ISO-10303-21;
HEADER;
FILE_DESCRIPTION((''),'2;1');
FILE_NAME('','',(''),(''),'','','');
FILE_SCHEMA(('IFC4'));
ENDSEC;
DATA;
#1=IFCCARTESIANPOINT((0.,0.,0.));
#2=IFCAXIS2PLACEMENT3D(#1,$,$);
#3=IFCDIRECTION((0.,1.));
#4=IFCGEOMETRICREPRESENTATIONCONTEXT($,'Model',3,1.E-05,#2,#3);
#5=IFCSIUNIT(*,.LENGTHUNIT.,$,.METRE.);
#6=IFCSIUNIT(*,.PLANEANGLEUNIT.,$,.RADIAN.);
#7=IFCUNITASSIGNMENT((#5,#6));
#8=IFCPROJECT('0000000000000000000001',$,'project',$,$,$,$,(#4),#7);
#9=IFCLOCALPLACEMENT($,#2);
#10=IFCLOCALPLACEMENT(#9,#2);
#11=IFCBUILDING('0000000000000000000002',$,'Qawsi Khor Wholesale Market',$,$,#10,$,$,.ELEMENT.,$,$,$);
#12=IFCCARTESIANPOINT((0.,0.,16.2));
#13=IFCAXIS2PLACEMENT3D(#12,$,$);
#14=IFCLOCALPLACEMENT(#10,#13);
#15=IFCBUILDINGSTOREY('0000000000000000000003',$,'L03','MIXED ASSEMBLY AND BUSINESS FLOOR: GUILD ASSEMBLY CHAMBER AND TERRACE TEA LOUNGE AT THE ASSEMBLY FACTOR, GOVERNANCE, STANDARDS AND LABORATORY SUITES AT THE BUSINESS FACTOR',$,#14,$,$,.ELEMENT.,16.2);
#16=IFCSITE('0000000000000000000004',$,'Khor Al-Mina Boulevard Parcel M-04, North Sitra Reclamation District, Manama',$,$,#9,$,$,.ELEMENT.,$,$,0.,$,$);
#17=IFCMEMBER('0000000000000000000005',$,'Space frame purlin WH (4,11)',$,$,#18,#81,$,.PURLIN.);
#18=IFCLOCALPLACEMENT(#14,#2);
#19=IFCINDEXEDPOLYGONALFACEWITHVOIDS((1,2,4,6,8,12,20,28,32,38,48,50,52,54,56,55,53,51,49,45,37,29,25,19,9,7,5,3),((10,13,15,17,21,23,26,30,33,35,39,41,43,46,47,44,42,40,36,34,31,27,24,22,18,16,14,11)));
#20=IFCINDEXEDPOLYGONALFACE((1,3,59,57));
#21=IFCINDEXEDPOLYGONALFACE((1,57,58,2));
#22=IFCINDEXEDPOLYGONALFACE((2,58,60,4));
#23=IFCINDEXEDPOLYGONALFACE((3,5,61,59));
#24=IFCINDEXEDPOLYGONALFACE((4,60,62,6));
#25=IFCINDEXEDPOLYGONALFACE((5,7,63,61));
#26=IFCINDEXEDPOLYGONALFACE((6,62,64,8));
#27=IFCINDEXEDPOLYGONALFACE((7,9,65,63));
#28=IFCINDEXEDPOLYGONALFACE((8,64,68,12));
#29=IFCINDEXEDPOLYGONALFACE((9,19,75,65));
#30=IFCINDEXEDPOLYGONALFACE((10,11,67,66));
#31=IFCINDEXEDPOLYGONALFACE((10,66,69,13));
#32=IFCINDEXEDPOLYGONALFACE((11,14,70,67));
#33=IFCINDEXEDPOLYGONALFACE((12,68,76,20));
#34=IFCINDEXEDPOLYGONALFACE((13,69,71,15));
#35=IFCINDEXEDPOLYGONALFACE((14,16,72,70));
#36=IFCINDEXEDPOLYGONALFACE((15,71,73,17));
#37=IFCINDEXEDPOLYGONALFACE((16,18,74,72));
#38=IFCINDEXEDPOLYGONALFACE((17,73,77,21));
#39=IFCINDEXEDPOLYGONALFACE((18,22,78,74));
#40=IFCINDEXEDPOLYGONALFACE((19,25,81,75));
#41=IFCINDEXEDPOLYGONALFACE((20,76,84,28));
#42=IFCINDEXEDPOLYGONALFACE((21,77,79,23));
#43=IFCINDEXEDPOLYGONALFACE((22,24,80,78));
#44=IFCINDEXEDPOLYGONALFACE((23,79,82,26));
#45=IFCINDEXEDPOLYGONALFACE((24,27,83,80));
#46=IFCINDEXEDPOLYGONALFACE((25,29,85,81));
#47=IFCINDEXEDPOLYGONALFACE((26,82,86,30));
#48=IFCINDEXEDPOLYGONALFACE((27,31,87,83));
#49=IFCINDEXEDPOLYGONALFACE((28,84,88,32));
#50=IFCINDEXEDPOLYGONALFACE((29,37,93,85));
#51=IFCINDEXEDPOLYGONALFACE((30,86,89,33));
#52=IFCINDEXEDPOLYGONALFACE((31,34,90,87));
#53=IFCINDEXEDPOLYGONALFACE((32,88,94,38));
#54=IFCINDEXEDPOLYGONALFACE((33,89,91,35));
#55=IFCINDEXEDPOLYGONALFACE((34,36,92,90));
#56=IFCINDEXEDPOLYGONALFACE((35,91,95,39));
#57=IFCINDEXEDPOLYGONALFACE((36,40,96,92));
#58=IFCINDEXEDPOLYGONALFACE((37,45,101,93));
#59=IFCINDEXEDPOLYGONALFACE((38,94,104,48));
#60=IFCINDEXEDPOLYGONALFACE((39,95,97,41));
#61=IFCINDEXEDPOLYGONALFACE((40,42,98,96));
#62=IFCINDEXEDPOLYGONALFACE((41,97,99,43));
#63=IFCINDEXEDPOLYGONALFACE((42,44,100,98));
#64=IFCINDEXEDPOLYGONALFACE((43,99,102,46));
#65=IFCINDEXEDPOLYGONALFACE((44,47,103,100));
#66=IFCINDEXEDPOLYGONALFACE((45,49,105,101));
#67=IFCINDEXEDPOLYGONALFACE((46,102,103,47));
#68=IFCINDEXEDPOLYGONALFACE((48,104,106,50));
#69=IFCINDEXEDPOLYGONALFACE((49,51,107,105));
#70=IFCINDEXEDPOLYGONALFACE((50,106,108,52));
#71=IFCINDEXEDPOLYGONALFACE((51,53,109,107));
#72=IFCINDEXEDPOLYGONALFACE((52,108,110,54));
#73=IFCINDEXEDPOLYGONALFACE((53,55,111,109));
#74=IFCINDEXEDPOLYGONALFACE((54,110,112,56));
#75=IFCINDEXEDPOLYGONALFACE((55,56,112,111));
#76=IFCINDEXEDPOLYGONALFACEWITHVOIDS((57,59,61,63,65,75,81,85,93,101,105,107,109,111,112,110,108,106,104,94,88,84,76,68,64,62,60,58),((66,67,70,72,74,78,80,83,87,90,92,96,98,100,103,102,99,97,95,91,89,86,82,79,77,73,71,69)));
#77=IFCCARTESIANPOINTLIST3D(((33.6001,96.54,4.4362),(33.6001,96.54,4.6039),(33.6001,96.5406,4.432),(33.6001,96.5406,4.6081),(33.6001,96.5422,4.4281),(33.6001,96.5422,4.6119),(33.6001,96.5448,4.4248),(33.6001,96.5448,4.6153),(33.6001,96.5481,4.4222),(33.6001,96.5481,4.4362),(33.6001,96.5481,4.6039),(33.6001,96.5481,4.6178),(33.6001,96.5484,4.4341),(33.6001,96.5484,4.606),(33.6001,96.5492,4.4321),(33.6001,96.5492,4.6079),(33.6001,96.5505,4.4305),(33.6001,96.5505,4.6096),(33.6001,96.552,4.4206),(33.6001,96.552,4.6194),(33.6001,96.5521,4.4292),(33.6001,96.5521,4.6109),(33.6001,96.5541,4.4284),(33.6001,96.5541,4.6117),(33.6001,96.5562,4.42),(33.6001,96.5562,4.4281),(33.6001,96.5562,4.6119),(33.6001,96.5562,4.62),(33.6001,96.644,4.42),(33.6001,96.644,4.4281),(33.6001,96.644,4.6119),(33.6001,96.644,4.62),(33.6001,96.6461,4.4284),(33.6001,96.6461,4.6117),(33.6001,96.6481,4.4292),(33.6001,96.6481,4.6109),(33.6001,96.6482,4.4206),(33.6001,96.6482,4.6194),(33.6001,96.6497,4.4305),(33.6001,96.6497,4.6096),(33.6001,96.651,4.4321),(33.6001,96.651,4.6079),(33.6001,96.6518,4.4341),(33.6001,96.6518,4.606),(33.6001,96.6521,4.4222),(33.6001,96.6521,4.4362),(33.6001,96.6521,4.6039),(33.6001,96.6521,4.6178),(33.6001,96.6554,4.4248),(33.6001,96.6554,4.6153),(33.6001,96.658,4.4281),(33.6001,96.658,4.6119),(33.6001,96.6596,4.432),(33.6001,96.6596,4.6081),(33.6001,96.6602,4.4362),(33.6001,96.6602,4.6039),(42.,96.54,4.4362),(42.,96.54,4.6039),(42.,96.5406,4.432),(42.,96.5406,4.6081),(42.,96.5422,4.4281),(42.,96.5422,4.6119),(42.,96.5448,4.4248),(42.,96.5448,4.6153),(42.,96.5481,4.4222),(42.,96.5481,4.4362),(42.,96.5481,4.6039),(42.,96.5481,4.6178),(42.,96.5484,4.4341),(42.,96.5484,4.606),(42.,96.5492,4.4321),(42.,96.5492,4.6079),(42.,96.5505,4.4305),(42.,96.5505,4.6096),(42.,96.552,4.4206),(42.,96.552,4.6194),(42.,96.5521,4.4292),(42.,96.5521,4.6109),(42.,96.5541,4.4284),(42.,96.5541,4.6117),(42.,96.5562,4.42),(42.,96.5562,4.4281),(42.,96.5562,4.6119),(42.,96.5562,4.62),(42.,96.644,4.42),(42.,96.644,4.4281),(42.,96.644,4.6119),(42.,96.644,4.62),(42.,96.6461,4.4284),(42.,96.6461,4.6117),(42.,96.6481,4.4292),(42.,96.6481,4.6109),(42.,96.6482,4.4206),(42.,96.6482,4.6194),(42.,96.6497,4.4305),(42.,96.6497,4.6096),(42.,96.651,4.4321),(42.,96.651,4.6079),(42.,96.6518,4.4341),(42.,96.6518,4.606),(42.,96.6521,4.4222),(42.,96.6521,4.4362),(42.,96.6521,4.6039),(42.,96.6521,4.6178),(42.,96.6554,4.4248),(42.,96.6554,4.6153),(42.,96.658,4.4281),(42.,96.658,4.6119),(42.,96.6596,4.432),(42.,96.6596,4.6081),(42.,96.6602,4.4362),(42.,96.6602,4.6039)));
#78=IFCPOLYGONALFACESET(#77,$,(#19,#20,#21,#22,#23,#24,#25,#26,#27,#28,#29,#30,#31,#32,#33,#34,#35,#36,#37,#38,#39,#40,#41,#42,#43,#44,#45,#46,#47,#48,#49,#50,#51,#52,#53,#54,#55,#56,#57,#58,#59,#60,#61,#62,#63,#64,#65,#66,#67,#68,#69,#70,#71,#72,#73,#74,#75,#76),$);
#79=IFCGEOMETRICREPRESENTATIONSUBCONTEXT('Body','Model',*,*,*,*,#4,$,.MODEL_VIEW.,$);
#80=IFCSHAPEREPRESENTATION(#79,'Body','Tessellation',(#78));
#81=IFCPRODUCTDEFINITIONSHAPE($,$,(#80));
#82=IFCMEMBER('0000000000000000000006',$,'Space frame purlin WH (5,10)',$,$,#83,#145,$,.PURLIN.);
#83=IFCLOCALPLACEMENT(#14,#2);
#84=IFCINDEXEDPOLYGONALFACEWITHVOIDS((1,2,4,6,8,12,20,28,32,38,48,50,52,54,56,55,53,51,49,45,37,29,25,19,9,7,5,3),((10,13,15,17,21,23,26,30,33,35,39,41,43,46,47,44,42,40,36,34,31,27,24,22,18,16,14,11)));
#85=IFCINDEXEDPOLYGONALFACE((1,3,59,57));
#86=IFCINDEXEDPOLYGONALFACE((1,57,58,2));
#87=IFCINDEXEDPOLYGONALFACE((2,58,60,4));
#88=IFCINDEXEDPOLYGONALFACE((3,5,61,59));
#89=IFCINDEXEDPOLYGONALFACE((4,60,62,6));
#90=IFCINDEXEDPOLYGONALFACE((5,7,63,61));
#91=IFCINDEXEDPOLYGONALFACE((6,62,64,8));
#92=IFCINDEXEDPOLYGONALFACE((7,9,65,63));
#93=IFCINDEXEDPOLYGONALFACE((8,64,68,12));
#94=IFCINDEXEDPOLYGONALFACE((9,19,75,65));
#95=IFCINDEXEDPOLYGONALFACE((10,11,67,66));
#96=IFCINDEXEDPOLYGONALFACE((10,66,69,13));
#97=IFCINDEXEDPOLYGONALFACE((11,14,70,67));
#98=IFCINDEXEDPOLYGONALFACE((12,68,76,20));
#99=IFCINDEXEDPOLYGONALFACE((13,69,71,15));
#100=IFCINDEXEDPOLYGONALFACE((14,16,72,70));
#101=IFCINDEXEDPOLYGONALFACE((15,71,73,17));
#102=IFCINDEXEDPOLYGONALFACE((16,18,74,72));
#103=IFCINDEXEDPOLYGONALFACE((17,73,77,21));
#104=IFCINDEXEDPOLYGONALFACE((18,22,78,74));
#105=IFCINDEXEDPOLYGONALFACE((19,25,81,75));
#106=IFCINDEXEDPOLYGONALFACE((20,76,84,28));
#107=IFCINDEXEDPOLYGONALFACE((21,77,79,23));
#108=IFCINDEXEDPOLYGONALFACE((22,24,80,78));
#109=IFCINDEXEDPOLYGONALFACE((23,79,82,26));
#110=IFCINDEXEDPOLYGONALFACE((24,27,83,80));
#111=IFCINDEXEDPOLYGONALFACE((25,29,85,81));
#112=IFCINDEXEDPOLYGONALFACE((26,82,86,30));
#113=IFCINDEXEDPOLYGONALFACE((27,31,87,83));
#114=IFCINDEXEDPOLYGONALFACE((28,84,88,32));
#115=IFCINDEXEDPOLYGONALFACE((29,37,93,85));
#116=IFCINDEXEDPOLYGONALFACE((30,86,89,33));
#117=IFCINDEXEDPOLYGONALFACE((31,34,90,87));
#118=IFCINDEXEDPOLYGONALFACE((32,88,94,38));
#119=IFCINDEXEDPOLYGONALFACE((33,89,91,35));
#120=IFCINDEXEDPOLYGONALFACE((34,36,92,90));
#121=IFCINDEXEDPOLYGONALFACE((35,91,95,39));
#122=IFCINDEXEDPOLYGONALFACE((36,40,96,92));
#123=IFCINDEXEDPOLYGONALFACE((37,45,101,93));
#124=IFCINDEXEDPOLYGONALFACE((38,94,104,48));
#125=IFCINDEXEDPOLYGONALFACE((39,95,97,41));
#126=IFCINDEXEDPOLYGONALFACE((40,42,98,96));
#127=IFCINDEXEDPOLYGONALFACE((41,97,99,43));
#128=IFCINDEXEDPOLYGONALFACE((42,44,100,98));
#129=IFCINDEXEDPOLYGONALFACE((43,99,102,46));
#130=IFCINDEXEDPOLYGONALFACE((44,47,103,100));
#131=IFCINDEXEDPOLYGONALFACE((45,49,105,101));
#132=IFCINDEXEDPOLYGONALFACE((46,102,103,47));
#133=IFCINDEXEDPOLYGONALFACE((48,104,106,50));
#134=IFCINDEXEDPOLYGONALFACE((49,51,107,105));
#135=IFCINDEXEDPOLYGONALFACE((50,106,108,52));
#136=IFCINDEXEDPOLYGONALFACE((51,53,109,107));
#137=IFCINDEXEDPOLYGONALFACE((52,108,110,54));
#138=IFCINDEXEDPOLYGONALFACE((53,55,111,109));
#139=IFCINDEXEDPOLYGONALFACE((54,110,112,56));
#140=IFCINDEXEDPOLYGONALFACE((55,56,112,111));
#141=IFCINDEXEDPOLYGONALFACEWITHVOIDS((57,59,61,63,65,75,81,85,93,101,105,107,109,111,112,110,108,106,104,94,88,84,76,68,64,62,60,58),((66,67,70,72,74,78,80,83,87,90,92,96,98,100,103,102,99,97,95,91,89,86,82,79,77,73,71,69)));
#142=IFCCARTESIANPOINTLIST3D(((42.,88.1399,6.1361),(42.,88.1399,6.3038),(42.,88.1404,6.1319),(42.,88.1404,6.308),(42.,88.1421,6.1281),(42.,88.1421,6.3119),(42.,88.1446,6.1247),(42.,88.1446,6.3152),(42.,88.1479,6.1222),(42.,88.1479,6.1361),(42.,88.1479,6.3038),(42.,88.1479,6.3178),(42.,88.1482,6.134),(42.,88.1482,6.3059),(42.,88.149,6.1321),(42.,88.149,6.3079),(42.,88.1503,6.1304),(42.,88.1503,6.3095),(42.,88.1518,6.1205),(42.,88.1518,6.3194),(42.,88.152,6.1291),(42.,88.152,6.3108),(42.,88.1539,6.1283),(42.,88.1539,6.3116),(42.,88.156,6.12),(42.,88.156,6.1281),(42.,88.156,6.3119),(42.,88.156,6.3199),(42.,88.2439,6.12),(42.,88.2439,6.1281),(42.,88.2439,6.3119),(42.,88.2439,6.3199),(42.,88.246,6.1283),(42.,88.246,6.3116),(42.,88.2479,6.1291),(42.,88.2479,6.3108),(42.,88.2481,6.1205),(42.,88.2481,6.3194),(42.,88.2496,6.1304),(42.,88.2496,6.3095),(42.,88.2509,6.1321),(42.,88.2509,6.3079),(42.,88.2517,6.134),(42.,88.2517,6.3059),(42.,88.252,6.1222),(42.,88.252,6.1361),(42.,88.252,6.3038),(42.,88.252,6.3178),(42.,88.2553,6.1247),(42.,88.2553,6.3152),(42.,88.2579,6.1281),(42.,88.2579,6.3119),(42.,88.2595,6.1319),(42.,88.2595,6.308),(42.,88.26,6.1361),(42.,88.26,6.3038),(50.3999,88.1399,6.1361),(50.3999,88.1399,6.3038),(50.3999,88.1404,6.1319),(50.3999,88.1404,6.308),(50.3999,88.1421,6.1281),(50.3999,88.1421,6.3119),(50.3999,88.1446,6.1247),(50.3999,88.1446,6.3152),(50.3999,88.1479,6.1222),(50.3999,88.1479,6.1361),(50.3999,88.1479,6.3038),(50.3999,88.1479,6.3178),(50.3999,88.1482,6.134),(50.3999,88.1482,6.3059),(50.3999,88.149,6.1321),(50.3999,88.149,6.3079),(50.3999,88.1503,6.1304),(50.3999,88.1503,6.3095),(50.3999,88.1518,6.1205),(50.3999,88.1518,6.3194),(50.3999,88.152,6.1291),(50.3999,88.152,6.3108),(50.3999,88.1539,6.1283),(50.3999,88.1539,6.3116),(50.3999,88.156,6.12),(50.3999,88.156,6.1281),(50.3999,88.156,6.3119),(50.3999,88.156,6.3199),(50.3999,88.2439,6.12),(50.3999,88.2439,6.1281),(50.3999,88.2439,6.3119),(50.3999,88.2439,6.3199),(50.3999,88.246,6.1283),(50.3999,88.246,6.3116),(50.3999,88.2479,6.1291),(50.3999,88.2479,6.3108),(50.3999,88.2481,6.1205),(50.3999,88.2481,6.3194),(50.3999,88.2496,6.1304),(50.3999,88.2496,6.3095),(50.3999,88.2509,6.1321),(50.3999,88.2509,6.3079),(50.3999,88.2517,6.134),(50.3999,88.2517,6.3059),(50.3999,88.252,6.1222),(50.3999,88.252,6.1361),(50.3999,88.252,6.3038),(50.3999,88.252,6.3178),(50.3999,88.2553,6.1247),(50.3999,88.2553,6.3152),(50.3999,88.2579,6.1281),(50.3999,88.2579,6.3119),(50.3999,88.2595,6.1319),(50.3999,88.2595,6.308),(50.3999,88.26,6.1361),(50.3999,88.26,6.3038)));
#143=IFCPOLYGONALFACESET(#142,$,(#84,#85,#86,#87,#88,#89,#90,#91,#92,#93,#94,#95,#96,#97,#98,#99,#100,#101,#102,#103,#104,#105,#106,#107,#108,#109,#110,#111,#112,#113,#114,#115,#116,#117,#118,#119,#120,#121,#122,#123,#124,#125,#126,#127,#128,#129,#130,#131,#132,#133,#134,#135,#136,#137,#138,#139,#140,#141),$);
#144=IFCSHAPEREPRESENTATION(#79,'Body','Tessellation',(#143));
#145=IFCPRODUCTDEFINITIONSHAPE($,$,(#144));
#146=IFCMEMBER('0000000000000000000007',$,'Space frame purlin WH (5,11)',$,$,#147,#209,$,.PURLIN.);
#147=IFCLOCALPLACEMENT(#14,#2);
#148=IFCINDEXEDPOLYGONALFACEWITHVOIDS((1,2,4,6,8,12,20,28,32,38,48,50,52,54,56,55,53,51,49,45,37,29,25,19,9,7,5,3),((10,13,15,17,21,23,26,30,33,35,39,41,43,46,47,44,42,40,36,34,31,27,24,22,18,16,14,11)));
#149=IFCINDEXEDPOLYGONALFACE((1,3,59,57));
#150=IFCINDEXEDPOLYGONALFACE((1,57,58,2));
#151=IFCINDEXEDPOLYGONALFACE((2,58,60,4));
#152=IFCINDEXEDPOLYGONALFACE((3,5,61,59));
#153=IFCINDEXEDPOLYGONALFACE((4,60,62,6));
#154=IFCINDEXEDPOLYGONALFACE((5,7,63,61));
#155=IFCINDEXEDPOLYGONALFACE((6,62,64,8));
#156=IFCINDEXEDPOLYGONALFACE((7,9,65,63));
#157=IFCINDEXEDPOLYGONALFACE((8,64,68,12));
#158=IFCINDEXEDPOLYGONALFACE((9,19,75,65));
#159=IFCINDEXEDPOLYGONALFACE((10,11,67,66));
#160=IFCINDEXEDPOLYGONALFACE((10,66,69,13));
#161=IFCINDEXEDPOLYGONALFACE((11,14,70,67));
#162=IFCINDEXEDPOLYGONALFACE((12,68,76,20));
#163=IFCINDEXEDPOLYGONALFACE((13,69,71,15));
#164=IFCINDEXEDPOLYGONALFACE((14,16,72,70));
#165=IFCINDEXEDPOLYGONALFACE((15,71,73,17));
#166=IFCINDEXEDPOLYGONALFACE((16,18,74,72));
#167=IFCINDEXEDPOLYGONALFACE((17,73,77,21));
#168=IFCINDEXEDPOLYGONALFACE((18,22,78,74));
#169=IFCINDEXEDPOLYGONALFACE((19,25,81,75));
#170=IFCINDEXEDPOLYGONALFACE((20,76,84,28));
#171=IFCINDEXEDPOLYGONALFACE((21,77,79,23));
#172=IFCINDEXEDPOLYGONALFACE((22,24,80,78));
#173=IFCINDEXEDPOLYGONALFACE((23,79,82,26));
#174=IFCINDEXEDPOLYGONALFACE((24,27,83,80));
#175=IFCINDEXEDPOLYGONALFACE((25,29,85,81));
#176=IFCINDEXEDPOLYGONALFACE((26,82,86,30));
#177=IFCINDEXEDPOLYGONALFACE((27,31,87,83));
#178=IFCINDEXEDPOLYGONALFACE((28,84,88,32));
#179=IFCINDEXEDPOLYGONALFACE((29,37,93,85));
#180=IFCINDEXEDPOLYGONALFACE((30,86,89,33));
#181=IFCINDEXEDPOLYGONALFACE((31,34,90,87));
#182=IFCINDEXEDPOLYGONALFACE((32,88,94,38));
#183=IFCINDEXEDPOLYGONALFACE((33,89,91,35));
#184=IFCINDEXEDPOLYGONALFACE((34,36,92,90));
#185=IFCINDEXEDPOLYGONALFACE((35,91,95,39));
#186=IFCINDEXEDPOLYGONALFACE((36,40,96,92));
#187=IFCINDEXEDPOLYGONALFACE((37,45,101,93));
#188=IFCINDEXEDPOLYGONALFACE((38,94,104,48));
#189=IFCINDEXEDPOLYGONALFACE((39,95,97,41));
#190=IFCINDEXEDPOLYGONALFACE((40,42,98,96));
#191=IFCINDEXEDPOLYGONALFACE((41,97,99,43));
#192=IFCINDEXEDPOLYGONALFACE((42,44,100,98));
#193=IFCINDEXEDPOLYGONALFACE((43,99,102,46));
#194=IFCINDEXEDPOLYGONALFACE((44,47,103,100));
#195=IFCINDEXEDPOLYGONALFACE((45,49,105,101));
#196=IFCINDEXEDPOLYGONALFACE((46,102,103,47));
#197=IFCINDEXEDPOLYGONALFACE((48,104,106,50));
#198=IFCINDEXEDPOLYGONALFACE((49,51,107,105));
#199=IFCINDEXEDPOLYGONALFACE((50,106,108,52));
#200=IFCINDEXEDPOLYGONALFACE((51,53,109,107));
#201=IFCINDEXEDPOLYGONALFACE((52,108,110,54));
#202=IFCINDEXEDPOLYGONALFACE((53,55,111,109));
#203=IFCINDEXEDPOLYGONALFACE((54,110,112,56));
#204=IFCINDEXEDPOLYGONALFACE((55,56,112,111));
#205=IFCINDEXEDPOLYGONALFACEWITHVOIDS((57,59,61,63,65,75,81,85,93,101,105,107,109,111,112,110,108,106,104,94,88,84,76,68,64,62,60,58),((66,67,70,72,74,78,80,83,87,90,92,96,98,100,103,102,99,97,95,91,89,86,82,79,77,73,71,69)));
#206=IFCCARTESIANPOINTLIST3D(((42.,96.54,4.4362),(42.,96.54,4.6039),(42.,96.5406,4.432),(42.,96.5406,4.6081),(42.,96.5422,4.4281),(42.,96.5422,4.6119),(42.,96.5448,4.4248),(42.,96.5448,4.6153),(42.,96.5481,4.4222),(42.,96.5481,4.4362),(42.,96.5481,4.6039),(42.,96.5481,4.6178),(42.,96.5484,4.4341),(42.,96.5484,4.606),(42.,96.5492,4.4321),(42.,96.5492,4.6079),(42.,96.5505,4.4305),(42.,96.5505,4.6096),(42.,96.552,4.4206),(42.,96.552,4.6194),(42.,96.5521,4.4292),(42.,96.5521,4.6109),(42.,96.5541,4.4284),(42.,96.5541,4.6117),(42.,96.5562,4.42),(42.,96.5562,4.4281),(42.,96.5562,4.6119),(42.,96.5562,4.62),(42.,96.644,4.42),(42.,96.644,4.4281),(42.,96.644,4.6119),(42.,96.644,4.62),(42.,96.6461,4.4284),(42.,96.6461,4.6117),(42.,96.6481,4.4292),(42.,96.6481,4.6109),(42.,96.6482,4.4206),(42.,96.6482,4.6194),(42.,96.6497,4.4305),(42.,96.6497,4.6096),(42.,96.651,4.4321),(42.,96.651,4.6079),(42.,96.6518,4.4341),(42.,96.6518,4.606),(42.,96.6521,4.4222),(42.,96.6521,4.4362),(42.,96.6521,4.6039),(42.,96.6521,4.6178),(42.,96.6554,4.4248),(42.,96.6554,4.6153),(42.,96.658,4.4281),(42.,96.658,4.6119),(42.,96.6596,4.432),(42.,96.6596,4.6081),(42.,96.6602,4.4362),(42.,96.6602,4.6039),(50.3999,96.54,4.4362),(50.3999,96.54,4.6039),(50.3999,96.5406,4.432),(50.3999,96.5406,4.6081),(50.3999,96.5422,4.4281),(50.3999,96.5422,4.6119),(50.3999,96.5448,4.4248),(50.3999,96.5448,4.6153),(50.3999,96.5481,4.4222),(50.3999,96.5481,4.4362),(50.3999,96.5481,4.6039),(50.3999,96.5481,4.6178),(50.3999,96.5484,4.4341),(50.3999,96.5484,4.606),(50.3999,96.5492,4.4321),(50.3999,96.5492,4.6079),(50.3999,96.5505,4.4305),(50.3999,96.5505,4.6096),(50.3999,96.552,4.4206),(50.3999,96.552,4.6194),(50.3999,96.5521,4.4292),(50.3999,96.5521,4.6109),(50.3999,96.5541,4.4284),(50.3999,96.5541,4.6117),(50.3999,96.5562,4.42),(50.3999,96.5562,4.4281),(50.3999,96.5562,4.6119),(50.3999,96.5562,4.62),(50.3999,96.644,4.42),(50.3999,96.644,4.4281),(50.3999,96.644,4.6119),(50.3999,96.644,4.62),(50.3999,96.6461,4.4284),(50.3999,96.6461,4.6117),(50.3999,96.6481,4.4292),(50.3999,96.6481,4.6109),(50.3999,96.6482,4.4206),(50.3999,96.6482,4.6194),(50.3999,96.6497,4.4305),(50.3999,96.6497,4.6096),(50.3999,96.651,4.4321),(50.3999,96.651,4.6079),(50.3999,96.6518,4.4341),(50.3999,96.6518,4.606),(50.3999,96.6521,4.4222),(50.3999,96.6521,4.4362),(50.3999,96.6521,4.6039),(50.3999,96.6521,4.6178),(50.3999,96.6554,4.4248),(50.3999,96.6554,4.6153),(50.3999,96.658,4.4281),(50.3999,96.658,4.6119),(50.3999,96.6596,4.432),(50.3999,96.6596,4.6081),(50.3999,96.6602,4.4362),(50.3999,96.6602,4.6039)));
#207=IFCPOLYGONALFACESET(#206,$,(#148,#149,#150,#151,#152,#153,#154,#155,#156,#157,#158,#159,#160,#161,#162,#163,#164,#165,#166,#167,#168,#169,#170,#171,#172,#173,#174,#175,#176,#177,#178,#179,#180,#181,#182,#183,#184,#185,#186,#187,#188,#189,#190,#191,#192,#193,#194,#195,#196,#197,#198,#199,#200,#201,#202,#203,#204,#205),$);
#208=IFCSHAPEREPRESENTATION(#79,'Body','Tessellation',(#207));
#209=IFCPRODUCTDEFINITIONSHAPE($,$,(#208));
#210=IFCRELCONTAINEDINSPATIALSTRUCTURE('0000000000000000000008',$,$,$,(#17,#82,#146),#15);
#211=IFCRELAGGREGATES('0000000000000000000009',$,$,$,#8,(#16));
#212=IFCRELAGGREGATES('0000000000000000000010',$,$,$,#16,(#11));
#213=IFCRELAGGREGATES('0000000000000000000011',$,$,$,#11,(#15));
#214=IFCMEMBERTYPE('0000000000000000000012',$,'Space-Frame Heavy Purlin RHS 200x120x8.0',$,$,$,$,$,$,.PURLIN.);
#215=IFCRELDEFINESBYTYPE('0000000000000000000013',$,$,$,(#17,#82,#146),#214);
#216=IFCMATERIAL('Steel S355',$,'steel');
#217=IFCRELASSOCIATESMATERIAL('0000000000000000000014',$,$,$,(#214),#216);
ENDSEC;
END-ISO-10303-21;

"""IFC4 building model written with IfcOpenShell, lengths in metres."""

from ifc_helpers import new_model, si_unit, direction, frame, origin, origin_2d, place, context, subcontext, project, spatial, hollow_rectangle, extrude, material, material_profile, profile_set, type_object, element, save


model = new_model("IFC4")

# Units and contexts
model_context = context("Model", 3, precision=1e-05, world=origin(), true_north=direction((0.0, 1.0)))
body_context = subcontext(model_context, "Body", "Model", "MODEL_VIEW")
ifc_project = project(units=[si_unit("LENGTHUNIT", "METRE"), si_unit("PLANEANGLEUNIT", "RADIAN")], contexts=[model_context])

# Site, building, storey
site_placement = place(None, origin())
site = spatial("IfcSite", under=ifc_project, at=site_placement, Name="Khor Al-Mina Boulevard Parcel M-04, North Sitra Reclamation District, Manama", CompositionType="ELEMENT", RefElevation=0.0)
building_placement = place(site_placement, origin())
building = spatial("IfcBuilding", under=site, at=building_placement, Name="Qawsi Khor Wholesale Market", CompositionType="ELEMENT")
storey_placement = place(building_placement, frame((0.0, 0.0, 16.2)))
storey = spatial("IfcBuildingStorey", under=building, at=storey_placement, Name="L03", Description="MIXED ASSEMBLY AND BUSINESS FLOOR: GUILD ASSEMBLY CHAMBER AND TERRACE TEA LOUNGE AT THE ASSEMBLY FACTOR, GOVERNANCE, STANDARDS AND LABORATORY SUITES AT THE BUSINESS FACTOR", CompositionType="ELEMENT", Elevation=16.2)

# Members
ifc_material_1 = material(Name="Steel S355", Category="steel")
ifc_material_profile_1 = material_profile(ifc_material_1, hollow_rectangle(XDim=0.1201, YDim=0.2, WallThickness=0.0081, InnerFilletRadius=0.0081, OuterFilletRadius=0.0161, at=origin_2d()), Name="RHS 200x120x8.0")
ifc_profile_set_1 = profile_set([ifc_material_profile_1], Name="Steel S355")
member_type_1 = type_object("IfcMemberType", Name="Space-Frame Heavy Purlin RHS 200x120x8.0", PredefinedType="PURLIN", material=ifc_profile_set_1)
for number, where, z_axis, x_axis, name in (
    (1, (33.6001, 96.6001, 4.52), (1.0, 0.0, 0.0), (0.0, 1.0, 0.0), "Space frame purlin WH (4,11)"),
    (2, (42.0, 88.2, 6.22), (1.0, 0.0, 0.0), (0.0, 1.0, 0.0), "Space frame purlin WH (5,10)"),
    (3, (42.0, 96.6001, 4.52), (1.0, 0.0, 0.0), (0.0, 1.0, 0.0), "Space frame purlin WH (5,11)"),
):
    element("IfcMember", number, at=place(storey_placement, frame(where, z_axis=z_axis, x_axis=x_axis)), inside=storey, type_object=member_type_1, Name=name, PredefinedType="PURLIN", context=body_context, shape_type="SweptSolid", body=[
        extrude(hollow_rectangle(XDim=0.1201, YDim=0.2, WallThickness=0.0081, InnerFilletRadius=0.0081, OuterFilletRadius=0.0161, at=origin_2d()), origin(), (0.0, 0.0, 1.0), 8.3999),
    ])

save(model, "model.ifc")
